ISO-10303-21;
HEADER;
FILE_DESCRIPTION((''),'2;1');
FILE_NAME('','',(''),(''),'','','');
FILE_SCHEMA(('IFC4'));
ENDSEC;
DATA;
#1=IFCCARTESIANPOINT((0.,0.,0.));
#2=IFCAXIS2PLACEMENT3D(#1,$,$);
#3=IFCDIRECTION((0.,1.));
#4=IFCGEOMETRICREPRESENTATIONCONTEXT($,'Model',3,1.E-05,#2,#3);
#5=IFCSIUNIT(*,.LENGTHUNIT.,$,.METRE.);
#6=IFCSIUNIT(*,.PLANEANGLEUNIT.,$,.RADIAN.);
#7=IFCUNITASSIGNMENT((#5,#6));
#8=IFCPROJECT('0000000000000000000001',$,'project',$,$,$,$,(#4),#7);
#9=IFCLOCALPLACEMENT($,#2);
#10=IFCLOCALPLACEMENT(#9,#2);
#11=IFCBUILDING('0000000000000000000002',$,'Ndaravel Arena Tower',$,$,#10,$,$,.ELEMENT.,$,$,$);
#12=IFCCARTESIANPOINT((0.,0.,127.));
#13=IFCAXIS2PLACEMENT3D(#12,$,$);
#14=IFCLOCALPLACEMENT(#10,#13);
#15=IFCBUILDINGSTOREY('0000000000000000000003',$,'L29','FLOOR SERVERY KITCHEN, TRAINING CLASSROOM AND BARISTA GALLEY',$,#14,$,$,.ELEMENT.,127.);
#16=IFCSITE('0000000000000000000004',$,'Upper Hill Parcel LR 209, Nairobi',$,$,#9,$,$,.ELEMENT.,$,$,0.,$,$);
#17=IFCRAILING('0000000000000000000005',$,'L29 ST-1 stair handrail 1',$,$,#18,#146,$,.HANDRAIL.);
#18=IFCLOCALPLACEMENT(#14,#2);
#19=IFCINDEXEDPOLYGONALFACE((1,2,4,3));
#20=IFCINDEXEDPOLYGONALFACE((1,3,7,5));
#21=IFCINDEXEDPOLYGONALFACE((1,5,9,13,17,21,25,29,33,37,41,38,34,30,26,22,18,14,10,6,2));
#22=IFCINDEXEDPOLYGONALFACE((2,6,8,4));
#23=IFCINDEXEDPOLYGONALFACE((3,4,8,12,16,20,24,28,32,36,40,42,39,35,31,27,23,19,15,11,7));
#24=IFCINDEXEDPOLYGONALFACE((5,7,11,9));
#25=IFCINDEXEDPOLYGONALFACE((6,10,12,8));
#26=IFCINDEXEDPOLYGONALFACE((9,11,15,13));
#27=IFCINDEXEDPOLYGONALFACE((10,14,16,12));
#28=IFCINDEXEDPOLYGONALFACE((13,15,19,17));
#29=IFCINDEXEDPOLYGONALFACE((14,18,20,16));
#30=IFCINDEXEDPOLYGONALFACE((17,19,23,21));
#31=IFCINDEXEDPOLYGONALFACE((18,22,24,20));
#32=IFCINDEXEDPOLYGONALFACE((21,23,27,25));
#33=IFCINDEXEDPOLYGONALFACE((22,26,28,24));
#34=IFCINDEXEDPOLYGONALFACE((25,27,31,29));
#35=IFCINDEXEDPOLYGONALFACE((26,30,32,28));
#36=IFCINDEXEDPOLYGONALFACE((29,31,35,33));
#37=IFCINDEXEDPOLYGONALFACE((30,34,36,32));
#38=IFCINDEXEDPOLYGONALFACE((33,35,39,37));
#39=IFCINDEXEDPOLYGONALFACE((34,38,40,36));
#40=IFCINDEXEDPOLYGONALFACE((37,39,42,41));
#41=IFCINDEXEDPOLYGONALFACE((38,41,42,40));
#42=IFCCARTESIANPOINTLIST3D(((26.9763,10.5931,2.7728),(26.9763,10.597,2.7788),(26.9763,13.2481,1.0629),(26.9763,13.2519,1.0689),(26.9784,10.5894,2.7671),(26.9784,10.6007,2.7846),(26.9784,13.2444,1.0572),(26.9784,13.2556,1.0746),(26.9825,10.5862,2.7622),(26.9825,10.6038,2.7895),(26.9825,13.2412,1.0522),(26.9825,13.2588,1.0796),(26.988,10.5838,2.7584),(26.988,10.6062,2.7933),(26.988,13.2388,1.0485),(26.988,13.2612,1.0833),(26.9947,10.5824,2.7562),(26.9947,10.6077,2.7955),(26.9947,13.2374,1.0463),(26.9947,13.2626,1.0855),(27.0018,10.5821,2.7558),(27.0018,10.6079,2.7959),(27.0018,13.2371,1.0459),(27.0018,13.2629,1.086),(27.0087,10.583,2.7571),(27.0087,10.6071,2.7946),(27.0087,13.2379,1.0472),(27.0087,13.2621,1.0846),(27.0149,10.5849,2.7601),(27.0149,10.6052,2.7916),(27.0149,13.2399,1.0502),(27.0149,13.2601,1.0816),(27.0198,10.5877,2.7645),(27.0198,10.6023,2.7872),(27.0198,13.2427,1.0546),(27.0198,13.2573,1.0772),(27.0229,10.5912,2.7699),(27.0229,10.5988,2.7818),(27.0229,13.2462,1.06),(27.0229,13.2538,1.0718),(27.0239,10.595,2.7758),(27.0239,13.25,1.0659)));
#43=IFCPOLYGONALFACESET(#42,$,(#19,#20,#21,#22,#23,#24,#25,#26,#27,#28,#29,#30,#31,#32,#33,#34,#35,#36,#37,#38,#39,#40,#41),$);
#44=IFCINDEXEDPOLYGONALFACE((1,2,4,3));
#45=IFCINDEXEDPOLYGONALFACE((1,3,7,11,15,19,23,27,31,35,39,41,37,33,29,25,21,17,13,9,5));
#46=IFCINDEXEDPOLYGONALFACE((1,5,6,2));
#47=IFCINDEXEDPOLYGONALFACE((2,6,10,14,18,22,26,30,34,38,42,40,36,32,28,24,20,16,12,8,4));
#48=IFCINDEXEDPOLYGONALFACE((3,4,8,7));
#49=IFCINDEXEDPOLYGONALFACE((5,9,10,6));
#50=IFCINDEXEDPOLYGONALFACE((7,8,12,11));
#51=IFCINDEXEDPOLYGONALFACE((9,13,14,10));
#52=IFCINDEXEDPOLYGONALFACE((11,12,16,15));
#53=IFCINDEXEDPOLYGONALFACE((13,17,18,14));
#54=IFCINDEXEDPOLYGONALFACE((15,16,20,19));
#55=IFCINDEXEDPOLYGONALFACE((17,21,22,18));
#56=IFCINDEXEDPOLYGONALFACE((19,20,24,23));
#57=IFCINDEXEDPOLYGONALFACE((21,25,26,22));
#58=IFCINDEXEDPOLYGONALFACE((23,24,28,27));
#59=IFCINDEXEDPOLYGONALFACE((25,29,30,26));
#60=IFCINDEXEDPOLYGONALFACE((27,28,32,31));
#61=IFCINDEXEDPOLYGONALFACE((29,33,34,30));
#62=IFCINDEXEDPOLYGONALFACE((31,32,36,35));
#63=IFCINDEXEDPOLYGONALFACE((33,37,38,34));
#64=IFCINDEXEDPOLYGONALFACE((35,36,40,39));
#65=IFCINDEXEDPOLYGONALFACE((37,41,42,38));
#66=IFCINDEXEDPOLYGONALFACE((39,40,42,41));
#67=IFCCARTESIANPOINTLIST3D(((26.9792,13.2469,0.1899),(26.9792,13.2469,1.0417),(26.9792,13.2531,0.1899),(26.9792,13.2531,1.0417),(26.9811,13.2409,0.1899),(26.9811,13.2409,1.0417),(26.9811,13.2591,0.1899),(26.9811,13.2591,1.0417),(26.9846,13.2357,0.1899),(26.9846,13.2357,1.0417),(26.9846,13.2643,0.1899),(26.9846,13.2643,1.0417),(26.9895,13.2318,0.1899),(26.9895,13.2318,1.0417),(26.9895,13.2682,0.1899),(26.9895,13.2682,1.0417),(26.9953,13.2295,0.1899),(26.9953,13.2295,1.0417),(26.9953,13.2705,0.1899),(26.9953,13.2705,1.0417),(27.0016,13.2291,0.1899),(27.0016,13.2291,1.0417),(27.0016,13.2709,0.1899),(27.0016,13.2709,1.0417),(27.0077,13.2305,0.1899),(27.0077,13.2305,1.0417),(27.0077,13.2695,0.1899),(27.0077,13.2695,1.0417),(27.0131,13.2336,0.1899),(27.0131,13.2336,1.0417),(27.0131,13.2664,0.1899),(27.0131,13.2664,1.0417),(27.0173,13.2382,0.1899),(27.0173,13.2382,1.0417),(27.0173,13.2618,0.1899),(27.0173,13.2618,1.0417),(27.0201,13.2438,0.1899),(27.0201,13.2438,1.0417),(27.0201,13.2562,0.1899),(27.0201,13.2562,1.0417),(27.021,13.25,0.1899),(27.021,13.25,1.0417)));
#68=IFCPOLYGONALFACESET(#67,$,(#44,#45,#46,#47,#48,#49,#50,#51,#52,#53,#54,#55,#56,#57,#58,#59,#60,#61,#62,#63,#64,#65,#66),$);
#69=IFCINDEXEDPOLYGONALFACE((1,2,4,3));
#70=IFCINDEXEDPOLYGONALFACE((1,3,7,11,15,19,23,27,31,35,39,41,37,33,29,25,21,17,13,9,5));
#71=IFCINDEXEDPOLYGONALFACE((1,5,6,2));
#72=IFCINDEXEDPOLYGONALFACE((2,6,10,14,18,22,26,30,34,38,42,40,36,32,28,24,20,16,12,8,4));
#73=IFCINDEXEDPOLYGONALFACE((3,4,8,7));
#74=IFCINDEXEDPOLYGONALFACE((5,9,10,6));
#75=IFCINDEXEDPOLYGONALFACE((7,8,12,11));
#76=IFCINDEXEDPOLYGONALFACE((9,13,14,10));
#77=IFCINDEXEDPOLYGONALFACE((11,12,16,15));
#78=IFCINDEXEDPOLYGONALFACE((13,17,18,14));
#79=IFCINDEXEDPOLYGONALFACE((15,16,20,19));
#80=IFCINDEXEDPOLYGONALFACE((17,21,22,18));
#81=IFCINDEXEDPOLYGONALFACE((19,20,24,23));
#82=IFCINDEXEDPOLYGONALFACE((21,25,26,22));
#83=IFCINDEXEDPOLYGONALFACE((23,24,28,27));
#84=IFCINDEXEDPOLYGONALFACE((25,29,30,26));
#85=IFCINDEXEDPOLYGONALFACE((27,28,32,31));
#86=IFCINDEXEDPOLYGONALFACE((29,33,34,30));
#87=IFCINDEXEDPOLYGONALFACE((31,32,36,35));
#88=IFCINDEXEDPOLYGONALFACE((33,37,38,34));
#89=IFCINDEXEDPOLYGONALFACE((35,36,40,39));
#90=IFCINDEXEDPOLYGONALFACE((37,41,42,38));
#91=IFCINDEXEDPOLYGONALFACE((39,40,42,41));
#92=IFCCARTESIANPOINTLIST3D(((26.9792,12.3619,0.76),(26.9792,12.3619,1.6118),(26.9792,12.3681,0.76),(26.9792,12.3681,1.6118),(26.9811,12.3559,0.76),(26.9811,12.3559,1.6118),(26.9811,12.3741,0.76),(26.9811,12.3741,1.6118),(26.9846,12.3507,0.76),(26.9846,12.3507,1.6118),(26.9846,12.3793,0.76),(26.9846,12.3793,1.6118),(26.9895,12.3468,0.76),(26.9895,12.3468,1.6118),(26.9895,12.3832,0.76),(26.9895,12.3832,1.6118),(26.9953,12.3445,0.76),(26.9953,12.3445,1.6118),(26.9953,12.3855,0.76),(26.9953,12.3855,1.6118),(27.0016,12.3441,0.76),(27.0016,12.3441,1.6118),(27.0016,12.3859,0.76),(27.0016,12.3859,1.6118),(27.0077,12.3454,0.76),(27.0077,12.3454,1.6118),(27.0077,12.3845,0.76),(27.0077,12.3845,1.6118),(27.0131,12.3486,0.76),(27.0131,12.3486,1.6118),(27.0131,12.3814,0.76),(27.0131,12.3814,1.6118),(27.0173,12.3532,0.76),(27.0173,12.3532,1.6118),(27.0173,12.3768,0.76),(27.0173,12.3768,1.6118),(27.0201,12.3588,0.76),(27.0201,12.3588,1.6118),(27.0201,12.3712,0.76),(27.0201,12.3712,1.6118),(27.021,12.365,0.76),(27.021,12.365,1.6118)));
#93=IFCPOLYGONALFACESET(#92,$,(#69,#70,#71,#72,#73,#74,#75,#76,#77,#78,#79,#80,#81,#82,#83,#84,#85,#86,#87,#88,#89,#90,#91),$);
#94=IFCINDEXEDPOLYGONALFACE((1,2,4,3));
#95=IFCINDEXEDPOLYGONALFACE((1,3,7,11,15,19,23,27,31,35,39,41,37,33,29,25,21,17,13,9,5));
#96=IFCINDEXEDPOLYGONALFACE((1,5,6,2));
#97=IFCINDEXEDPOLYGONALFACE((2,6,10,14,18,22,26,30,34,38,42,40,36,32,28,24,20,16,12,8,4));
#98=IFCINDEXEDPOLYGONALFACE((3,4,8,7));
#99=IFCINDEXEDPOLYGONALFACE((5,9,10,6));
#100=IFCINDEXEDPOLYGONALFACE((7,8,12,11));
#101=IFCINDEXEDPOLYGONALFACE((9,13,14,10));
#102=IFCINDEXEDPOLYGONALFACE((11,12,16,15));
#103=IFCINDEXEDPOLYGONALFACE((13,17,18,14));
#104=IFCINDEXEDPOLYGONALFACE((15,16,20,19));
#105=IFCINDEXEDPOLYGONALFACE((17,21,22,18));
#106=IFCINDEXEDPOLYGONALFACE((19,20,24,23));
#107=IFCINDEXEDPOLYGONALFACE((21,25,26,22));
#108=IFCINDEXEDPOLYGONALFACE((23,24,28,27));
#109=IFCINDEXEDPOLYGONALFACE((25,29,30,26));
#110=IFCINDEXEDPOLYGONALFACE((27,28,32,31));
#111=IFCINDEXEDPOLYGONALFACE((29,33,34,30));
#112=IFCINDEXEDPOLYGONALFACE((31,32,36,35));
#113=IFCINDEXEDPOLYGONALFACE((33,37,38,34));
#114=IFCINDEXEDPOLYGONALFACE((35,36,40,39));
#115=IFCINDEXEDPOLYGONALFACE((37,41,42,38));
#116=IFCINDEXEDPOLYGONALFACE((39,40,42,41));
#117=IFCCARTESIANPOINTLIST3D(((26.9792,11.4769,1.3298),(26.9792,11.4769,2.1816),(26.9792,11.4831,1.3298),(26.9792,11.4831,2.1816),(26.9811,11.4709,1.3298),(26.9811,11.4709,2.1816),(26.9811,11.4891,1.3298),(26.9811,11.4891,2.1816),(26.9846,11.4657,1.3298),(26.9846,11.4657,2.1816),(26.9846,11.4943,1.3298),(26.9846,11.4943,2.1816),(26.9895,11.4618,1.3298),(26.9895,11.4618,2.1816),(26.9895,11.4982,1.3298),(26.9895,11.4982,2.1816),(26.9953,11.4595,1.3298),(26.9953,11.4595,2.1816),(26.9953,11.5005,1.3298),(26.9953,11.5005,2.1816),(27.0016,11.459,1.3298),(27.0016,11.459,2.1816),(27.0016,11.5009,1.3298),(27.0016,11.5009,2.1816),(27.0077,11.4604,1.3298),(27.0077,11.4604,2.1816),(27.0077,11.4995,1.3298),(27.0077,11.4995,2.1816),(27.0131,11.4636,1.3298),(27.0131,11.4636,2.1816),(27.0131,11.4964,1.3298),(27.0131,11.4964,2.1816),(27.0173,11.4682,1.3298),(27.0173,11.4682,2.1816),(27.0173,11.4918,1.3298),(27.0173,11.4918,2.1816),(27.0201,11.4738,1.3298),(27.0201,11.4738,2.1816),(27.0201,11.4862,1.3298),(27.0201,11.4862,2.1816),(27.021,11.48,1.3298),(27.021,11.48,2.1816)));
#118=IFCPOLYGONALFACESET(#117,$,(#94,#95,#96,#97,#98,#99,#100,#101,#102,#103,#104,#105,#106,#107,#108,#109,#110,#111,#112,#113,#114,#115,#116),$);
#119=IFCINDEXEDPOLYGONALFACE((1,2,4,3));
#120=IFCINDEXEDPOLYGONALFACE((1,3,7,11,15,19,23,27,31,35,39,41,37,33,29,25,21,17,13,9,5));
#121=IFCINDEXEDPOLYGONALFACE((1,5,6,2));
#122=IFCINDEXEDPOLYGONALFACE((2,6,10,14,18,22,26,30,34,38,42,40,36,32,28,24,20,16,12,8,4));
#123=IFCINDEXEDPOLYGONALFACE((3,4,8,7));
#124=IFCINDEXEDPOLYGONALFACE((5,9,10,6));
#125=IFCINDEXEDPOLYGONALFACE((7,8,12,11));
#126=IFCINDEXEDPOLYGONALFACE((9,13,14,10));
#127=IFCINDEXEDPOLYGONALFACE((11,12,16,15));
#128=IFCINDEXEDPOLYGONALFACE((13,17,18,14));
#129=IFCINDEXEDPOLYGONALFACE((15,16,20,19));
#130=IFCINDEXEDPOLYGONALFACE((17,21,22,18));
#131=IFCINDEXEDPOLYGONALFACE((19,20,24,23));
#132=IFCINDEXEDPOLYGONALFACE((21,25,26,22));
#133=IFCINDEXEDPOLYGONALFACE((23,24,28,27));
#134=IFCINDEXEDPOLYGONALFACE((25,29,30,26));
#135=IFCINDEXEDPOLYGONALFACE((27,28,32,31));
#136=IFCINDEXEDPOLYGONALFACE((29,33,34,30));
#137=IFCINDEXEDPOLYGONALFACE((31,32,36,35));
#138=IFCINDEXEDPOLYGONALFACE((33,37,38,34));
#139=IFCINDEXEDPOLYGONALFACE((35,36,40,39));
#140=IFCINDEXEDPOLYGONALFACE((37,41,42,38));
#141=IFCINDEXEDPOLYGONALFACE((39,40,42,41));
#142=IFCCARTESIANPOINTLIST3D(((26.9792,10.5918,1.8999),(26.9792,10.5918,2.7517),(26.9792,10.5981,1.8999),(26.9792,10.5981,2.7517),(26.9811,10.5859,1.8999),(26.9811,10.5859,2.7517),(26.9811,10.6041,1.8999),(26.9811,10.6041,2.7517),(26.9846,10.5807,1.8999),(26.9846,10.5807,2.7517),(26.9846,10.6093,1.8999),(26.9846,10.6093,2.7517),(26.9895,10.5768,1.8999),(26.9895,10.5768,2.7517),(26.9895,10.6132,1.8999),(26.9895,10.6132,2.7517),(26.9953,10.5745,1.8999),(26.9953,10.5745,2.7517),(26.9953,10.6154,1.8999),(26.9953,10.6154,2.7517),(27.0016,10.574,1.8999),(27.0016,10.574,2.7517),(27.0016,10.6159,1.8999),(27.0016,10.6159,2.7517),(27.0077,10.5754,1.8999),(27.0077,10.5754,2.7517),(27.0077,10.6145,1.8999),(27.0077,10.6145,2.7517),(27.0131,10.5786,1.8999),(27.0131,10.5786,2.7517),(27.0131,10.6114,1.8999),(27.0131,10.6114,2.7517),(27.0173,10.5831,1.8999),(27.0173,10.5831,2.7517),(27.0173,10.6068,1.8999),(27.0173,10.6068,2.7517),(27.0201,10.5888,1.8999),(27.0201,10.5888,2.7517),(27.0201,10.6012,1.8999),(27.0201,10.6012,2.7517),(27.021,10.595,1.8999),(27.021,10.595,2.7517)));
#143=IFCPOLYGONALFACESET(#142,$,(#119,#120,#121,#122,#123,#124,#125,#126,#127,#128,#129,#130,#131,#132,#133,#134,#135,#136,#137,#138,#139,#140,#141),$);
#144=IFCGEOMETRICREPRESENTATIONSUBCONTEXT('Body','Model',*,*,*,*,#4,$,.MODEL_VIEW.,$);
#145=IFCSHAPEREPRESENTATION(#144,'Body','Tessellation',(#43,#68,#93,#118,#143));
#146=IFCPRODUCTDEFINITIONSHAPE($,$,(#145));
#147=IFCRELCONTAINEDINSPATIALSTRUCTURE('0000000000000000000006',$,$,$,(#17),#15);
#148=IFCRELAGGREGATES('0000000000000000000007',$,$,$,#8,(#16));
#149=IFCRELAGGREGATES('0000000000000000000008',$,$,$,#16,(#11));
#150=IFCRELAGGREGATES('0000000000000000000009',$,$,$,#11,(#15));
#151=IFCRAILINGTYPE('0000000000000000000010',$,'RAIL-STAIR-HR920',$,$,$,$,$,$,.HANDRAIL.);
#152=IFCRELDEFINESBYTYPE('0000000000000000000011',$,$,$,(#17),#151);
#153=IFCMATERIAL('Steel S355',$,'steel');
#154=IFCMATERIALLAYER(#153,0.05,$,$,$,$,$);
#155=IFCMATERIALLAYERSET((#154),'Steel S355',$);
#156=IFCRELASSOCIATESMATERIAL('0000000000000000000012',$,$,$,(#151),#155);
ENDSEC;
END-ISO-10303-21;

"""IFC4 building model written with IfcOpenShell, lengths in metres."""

from ifc_helpers import new_model, si_unit, direction, frame, origin, origin_2d, place, context, subcontext, project, spatial, circle, extrude, material, layer, layer_set, type_object, element, save


model = new_model("IFC4")

# Units and contexts
model_context = context("Model", 3, precision=1e-05, world=origin(), true_north=direction((0.0, 1.0)))
body_context = subcontext(model_context, "Body", "Model", "MODEL_VIEW")
ifc_project = project(units=[si_unit("LENGTHUNIT", "METRE"), si_unit("PLANEANGLEUNIT", "RADIAN")], contexts=[model_context])

# Site, building, storey
site_placement = place(None, origin())
site = spatial("IfcSite", under=ifc_project, at=site_placement, Name="Upper Hill Parcel LR 209, Nairobi", CompositionType="ELEMENT", RefElevation=0.0)
building_placement = place(site_placement, origin())
building = spatial("IfcBuilding", under=site, at=building_placement, Name="Ndaravel Arena Tower", CompositionType="ELEMENT")
storey_placement = place(building_placement, frame((0.0, 0.0, 127.0)))
storey = spatial("IfcBuildingStorey", under=building, at=storey_placement, Name="L29", Description="FLOOR SERVERY KITCHEN, TRAINING CLASSROOM AND BARISTA GALLEY", CompositionType="ELEMENT", Elevation=127.0)

# Railing
ifc_material_1 = material(Name="Steel S355", Category="steel")
ifc_layer_1 = layer(ifc_material_1, 0.05)
ifc_layer_set_1 = layer_set([ifc_layer_1], Name="Steel S355")
railing_type_1 = type_object("IfcRailingType", Name="RAIL-STAIR-HR920", PredefinedType="HANDRAIL", material=ifc_layer_set_1)
railing_1_placement = place(storey_placement, frame((27.0, 13.25, 0.1899)))
element("IfcRailing", 1, at=railing_1_placement, inside=storey, type_object=railing_type_1, Name="L29 ST-1 stair handrail 1", PredefinedType="HANDRAIL", context=body_context, shape_type="SweptSolid", body=[
    extrude(circle(Radius=0.0239, at=origin_2d()), frame((0.0, 0.0, 0.876), z_axis=(0.0, -0.840724, 0.541465), x_axis=(1.0, 0.0, 0.0)), (0.0, 0.0, 1.0), 3.158),
    extrude(circle(Radius=0.021, at=origin_2d()), origin(), (0.0, 0.0, 1.0), 0.8518),
    extrude(circle(Radius=0.021, at=origin_2d()), frame((0.0, -0.885, 0.5701)), (0.0, 0.0, 1.0), 0.8518),
    extrude(circle(Radius=0.021, at=origin_2d()), frame((0.0, -1.77, 1.1399)), (0.0, 0.0, 1.0), 0.8518),
    extrude(circle(Radius=0.021, at=origin_2d()), frame((0.0, -2.655, 1.71)), (0.0, 0.0, 1.0), 0.8518),
])

save(model, "model.ifc")
